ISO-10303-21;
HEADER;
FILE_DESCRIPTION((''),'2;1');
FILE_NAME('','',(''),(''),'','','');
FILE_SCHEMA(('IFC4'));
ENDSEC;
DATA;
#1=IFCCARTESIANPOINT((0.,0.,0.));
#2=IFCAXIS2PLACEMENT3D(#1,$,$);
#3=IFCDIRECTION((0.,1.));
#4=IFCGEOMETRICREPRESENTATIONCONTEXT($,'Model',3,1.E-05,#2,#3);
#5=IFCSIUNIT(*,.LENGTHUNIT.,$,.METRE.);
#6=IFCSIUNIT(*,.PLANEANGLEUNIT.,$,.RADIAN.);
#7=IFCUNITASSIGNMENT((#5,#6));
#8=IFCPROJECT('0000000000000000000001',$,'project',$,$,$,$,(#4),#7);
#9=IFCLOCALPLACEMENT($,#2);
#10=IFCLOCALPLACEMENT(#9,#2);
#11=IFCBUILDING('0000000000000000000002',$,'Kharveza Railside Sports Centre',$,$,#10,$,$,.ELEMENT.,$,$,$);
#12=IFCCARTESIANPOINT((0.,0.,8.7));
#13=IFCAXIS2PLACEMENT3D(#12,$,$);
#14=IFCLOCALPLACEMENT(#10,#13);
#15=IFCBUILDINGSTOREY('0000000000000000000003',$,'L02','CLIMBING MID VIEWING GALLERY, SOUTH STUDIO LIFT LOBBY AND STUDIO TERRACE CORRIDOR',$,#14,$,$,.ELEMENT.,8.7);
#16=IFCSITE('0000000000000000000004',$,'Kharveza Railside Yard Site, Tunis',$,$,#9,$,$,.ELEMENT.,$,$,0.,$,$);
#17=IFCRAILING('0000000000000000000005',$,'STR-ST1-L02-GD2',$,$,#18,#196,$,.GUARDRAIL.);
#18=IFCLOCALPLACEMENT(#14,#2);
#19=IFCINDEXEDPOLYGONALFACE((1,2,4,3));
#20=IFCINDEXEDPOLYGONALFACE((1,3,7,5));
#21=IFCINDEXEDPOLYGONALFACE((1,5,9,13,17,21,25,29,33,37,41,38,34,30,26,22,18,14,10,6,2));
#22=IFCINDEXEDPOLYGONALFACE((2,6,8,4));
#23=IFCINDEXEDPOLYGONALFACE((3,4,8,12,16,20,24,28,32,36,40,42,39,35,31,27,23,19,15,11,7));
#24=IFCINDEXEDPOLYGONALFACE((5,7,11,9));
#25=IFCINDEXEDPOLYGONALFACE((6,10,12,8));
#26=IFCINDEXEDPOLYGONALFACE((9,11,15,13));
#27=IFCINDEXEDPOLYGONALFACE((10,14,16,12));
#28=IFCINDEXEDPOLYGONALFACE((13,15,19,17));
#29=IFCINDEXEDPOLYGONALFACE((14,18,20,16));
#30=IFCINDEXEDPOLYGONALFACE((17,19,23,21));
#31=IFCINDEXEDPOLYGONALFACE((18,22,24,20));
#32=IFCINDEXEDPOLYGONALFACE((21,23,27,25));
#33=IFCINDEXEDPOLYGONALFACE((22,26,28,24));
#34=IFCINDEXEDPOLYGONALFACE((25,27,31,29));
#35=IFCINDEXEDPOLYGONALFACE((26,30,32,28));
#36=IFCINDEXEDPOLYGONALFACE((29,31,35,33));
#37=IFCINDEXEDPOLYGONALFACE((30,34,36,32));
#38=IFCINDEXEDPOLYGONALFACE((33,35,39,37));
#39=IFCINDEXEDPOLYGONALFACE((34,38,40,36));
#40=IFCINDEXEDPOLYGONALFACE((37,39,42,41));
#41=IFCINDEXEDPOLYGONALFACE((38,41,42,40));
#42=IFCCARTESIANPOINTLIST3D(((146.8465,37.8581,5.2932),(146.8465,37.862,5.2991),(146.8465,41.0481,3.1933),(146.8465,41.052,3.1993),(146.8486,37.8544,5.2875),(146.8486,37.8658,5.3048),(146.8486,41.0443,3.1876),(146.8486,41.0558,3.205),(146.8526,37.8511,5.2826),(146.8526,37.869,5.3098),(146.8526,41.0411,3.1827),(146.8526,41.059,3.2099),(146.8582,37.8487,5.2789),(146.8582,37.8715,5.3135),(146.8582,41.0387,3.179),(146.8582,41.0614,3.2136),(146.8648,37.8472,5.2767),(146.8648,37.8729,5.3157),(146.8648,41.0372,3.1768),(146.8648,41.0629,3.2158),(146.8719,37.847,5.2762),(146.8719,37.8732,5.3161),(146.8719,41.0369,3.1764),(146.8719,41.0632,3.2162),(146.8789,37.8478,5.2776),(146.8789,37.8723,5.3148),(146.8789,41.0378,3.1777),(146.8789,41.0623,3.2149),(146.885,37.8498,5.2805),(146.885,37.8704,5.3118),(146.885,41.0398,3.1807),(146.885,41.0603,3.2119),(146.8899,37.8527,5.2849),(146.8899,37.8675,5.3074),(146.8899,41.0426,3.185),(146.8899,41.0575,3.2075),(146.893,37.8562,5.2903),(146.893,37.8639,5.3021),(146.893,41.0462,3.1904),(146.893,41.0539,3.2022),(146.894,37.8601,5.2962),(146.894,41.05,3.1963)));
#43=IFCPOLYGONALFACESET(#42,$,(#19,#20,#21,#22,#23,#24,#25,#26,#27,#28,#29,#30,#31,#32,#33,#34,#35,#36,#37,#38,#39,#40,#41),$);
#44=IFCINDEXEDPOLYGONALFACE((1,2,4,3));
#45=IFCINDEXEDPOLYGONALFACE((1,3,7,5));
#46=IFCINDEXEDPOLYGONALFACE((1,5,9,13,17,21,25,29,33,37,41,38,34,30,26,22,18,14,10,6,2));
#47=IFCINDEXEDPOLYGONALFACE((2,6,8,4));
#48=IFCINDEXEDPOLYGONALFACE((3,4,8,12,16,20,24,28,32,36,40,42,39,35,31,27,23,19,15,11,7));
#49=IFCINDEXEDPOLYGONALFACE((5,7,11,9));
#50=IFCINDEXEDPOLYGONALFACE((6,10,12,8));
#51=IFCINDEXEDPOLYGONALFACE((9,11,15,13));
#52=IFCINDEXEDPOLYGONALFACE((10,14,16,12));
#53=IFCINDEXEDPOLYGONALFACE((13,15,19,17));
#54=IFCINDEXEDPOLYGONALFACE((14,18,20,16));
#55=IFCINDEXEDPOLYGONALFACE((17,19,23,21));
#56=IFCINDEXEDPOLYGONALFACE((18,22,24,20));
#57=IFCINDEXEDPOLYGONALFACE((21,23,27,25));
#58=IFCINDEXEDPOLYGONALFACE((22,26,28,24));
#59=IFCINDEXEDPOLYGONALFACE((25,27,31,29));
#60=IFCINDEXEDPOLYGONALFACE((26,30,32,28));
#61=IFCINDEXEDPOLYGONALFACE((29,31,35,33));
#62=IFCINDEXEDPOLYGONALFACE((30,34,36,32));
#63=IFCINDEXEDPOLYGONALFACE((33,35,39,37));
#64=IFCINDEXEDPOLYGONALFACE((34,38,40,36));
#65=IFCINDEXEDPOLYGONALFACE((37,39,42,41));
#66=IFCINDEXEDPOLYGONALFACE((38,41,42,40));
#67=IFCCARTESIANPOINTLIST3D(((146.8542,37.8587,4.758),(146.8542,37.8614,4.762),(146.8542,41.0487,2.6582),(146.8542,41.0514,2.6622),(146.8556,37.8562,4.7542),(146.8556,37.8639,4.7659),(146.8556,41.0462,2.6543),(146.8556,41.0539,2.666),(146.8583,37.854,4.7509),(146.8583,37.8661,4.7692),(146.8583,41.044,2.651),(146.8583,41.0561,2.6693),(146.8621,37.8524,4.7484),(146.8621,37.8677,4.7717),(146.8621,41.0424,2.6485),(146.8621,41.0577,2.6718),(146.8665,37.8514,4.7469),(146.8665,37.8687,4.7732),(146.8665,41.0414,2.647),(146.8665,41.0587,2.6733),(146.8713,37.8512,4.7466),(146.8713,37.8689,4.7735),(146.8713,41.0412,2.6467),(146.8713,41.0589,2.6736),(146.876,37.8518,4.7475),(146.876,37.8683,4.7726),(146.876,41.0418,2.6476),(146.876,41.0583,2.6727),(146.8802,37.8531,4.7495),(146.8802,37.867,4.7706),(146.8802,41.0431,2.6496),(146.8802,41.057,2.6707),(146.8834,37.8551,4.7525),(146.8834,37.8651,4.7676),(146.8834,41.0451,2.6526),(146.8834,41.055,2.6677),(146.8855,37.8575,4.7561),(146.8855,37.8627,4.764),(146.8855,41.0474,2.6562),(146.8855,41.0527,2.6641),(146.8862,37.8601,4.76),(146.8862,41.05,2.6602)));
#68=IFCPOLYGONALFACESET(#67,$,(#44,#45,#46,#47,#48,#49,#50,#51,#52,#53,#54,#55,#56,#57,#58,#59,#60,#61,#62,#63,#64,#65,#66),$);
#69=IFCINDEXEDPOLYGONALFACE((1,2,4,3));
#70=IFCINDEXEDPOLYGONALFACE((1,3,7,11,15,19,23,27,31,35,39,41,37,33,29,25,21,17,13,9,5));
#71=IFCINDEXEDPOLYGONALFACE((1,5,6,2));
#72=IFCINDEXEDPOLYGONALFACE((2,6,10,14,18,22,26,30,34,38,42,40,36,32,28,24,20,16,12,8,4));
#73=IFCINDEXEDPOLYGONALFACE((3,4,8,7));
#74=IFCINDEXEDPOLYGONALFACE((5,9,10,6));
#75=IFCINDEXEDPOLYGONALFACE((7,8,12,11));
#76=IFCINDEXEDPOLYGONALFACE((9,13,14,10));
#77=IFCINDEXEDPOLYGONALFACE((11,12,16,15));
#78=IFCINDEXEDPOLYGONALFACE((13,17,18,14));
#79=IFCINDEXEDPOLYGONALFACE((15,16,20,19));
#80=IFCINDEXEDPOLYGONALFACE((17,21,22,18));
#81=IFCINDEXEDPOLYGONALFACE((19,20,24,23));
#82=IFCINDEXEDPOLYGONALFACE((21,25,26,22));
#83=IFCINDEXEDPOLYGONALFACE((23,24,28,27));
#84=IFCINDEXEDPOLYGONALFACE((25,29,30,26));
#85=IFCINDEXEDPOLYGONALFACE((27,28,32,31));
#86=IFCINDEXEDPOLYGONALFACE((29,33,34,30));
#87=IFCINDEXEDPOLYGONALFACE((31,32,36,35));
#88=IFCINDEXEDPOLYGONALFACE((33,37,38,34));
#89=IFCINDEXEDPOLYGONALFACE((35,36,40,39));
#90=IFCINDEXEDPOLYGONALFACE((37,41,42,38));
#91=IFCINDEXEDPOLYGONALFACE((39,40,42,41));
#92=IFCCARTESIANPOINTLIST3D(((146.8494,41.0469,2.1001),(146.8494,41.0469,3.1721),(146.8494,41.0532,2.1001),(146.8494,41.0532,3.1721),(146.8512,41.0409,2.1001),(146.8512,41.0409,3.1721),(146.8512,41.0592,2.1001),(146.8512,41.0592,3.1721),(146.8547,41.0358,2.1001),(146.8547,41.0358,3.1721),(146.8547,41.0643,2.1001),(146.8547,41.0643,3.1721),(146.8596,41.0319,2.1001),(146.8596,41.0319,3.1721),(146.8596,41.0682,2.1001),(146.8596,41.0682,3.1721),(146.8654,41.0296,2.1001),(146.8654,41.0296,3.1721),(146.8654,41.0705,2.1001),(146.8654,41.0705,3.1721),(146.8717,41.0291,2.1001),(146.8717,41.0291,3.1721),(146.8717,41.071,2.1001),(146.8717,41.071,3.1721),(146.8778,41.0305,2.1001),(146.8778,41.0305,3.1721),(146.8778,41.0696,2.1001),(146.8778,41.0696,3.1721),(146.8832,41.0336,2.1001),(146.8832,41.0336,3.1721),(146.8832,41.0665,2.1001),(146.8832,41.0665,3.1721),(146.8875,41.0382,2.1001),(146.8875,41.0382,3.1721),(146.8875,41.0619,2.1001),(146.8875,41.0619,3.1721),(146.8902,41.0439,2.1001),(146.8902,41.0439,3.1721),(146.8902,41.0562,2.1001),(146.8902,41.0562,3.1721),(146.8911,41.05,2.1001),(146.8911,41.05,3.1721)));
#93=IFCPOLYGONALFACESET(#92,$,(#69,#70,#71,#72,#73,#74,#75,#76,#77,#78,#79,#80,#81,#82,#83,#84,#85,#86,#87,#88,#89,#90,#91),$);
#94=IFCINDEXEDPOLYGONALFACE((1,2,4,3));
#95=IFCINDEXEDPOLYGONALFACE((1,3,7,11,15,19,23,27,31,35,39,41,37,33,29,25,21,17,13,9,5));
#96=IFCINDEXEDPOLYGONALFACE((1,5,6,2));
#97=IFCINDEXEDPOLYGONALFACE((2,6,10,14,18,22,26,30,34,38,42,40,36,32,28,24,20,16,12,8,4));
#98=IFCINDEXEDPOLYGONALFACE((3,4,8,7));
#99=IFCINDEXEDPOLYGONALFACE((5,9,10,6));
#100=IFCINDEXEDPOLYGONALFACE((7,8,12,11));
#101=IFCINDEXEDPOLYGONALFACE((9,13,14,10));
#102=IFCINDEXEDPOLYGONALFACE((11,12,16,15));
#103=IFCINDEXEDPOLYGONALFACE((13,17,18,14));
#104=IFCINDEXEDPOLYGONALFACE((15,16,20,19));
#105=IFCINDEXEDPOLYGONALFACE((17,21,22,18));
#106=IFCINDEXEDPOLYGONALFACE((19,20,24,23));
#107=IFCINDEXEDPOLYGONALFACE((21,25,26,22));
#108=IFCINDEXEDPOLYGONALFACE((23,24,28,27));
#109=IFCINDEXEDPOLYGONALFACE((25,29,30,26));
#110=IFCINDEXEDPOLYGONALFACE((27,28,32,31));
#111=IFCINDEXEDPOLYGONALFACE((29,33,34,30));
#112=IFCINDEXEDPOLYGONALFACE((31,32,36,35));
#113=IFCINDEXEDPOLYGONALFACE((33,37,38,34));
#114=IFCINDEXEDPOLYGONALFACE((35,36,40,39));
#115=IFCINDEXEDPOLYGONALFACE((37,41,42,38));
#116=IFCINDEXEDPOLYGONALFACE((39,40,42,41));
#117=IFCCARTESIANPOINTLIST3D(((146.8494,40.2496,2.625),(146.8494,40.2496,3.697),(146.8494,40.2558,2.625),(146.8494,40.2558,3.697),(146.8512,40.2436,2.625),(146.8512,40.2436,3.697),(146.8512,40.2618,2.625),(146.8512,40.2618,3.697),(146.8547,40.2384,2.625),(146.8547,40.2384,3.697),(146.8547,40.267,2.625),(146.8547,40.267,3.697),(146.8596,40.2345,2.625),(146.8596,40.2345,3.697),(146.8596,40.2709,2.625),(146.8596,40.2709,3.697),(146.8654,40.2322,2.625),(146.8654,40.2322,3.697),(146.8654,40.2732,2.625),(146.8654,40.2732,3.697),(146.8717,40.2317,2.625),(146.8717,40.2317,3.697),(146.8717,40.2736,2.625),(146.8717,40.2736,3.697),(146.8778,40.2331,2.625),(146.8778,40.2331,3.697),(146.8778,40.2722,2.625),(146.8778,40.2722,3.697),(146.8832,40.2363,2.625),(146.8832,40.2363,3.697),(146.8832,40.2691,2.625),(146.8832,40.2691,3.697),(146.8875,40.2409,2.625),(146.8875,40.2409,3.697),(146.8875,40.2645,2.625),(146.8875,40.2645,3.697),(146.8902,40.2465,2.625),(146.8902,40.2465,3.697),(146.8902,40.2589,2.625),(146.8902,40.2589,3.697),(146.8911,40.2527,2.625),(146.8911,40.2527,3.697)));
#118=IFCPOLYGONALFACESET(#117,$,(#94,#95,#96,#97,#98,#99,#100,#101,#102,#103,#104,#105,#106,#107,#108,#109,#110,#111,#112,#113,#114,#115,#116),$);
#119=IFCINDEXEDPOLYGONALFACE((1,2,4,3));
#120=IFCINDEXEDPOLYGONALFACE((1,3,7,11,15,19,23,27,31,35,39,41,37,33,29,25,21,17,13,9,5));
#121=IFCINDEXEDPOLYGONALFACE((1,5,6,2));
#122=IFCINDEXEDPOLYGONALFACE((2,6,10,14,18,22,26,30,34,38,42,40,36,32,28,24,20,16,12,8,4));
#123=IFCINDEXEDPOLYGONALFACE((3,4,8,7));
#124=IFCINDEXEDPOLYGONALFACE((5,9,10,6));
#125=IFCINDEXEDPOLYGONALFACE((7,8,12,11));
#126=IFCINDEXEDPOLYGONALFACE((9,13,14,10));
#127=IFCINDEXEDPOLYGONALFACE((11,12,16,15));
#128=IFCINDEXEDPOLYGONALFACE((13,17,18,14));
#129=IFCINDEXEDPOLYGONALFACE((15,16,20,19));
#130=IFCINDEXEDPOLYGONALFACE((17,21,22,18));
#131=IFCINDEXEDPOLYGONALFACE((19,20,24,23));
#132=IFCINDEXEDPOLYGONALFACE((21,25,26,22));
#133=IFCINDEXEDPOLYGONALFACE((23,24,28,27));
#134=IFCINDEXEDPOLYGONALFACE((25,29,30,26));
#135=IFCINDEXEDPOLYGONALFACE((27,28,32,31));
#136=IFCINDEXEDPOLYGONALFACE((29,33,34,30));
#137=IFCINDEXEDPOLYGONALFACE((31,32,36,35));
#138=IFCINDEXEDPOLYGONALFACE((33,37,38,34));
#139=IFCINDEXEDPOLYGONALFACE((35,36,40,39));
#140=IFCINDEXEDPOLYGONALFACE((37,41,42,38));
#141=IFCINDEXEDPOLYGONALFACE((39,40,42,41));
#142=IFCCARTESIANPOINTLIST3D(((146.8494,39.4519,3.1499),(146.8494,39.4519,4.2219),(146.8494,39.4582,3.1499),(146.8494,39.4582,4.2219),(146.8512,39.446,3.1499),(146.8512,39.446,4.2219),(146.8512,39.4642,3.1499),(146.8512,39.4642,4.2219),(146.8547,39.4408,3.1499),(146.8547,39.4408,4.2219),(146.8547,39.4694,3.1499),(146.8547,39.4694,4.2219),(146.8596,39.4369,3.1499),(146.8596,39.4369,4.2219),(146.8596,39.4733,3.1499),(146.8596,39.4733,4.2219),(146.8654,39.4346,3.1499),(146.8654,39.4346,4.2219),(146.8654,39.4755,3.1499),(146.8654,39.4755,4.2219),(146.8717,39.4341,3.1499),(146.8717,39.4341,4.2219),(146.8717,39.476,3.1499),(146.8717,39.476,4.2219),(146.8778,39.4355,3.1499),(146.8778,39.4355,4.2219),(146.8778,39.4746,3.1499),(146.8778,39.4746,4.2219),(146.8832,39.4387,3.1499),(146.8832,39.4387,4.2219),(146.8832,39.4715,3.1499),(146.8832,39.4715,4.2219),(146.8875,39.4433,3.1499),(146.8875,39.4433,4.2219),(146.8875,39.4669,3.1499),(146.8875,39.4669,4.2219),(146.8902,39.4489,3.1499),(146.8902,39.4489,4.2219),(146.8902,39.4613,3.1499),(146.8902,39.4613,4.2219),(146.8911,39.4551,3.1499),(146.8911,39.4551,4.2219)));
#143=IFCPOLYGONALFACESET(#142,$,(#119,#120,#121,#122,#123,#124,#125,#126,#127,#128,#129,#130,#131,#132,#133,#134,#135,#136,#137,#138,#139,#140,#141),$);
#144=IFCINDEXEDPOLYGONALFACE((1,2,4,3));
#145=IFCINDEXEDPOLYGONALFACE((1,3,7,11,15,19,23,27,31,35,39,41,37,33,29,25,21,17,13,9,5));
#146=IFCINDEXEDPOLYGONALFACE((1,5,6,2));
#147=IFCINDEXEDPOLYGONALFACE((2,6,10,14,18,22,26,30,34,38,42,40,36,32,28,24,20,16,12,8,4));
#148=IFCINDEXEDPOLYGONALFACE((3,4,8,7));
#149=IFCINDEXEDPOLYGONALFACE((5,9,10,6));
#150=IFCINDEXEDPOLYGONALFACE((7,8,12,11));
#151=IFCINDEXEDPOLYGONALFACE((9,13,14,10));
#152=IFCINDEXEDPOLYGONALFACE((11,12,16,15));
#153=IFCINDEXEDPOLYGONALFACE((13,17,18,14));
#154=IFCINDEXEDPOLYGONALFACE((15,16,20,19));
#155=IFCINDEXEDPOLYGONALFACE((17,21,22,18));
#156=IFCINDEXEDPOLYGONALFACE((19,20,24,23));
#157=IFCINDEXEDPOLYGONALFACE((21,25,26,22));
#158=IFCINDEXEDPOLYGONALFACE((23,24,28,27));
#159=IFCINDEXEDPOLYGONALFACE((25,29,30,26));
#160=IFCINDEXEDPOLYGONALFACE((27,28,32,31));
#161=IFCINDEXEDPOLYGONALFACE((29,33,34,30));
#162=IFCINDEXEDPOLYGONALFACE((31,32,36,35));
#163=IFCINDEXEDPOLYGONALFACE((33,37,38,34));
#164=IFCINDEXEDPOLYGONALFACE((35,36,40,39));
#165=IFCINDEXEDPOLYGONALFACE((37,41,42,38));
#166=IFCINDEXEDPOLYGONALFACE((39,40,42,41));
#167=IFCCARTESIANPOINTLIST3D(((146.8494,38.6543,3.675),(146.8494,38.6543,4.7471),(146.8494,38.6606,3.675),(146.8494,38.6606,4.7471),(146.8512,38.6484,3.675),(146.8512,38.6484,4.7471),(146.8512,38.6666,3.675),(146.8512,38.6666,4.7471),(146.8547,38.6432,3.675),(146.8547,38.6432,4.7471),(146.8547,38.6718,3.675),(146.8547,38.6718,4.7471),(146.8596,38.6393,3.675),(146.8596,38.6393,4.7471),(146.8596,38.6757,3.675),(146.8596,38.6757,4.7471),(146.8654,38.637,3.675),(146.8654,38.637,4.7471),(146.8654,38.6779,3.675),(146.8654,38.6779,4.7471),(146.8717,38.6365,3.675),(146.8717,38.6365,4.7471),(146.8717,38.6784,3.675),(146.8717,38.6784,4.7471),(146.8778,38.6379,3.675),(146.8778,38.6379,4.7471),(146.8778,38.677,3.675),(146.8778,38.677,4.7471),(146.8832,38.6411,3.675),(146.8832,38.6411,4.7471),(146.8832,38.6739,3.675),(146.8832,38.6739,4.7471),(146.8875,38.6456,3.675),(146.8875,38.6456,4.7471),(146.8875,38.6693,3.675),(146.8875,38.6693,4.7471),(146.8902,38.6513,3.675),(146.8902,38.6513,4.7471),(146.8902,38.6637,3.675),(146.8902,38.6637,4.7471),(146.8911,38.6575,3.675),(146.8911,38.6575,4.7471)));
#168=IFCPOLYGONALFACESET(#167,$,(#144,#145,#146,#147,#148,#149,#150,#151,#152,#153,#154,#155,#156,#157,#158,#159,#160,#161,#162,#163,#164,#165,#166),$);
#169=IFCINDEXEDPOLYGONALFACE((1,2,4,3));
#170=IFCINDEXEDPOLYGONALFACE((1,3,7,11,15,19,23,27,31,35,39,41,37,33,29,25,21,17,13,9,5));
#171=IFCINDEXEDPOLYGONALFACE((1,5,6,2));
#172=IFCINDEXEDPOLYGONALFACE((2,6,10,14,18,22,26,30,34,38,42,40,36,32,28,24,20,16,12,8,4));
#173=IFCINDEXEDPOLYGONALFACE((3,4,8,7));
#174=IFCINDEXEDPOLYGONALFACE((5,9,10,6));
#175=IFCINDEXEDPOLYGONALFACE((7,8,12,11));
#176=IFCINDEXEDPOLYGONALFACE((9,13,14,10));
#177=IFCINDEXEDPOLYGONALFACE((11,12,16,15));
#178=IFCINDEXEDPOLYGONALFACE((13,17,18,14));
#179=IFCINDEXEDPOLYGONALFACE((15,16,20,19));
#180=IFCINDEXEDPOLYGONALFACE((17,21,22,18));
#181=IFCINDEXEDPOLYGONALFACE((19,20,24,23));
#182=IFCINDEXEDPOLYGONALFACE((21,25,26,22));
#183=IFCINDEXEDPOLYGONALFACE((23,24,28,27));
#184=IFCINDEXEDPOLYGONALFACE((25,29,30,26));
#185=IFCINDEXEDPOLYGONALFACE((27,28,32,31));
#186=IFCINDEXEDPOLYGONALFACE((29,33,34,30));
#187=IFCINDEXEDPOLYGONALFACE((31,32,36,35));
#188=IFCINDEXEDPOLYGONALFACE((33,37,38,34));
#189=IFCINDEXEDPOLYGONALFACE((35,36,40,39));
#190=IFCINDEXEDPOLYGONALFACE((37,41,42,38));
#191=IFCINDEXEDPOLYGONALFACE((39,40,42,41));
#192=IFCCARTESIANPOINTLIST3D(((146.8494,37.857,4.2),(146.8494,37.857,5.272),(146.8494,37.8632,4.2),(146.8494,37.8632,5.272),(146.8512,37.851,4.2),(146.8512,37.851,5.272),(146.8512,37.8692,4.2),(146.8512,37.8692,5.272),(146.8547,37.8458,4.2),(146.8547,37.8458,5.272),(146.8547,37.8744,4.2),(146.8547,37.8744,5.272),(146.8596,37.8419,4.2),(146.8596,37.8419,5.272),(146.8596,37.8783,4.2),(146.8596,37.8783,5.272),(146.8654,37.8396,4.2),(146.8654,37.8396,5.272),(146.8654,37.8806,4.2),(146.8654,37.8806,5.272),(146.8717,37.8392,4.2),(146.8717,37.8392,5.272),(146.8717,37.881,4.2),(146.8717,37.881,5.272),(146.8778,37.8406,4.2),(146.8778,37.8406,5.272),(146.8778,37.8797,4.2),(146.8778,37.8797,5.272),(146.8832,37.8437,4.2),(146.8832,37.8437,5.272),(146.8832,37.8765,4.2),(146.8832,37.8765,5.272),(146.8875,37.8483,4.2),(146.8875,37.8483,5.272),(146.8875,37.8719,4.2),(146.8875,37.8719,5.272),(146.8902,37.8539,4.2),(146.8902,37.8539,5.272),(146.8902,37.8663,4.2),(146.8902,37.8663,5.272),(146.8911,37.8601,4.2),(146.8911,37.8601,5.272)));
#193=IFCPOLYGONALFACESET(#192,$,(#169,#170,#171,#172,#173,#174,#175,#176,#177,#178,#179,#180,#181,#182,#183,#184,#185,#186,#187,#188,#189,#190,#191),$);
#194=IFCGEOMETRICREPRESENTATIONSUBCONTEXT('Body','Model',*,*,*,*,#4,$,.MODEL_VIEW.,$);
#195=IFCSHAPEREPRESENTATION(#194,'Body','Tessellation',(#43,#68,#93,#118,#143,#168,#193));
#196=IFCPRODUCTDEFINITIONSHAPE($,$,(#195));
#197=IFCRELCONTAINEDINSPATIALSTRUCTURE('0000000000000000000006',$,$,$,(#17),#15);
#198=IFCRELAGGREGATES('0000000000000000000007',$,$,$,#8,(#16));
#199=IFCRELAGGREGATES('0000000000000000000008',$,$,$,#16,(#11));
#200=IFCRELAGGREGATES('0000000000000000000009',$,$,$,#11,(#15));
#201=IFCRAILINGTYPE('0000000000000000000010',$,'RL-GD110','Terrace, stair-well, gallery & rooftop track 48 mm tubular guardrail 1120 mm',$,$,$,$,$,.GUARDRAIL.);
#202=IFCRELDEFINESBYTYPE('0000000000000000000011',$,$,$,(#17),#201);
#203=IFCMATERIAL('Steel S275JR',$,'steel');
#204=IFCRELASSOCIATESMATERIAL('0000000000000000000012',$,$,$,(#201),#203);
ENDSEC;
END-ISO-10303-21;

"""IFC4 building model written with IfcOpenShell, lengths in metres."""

from ifc_helpers import new_model, si_unit, direction, frame, origin, origin_2d, place, context, subcontext, project, spatial, circle, extrude, material, type_object, element, save


model = new_model("IFC4")

# Units and contexts
model_context = context("Model", 3, precision=1e-05, world=origin(), true_north=direction((0.0, 1.0)))
body_context = subcontext(model_context, "Body", "Model", "MODEL_VIEW")
ifc_project = project(units=[si_unit("LENGTHUNIT", "METRE"), si_unit("PLANEANGLEUNIT", "RADIAN")], contexts=[model_context])

# Site, building, storey
site_placement = place(None, origin())
site = spatial("IfcSite", under=ifc_project, at=site_placement, Name="Kharveza Railside Yard Site, Tunis", CompositionType="ELEMENT", RefElevation=0.0)
building_placement = place(site_placement, origin())
building = spatial("IfcBuilding", under=site, at=building_placement, Name="Kharveza Railside Sports Centre", CompositionType="ELEMENT")
storey_placement = place(building_placement, frame((0.0, 0.0, 8.7)))
storey = spatial("IfcBuildingStorey", under=building, at=storey_placement, Name="L02", Description="CLIMBING MID VIEWING GALLERY, SOUTH STUDIO LIFT LOBBY AND STUDIO TERRACE CORRIDOR", CompositionType="ELEMENT", Elevation=8.7)

# Railing
ifc_material_1 = material(Name="Steel S275JR", Category="steel")
railing_type_1 = type_object("IfcRailingType", Name="RL-GD110", Description="Terrace, stair-well, gallery & rooftop track 48 mm tubular guardrail 1120 mm", PredefinedType="GUARDRAIL", material=ifc_material_1)
railing_1_placement = place(storey_placement, frame((146.8701, 41.05, 2.1001)))
element("IfcRailing", 1, at=railing_1_placement, inside=storey, type_object=railing_type_1, Name="STR-ST1-L02-GD2", PredefinedType="GUARDRAIL", context=body_context, shape_type="SweptSolid", body=[
    extrude(circle(Radius=0.0239, at=origin_2d()), frame((0.0, 0.0, 1.0962), z_axis=(0.0, -0.835272, 0.549837), x_axis=(1.0, 0.0, 0.0)), (0.0, 0.0, 1.0), 3.8191),
    extrude(circle(Radius=0.0161, at=origin_2d()), frame((0.0, 0.0, 0.5601), z_axis=(0.0, -0.835272, 0.549837), x_axis=(1.0, 0.0, 0.0)), (0.0, 0.0, 1.0), 3.8191),
    extrude(circle(Radius=0.021, at=origin_2d()), origin(), (0.0, 0.0, 1.0), 1.072),
    extrude(circle(Radius=0.021, at=origin_2d()), frame((0.0, -0.7974, 0.5249)), (0.0, 0.0, 1.0), 1.072),
    extrude(circle(Radius=0.021, at=origin_2d()), frame((0.0, -1.595, 1.0498)), (0.0, 0.0, 1.0), 1.072),
    extrude(circle(Radius=0.021, at=origin_2d()), frame((0.0, -2.3926, 1.575)), (0.0, 0.0, 1.0), 1.072),
    extrude(circle(Radius=0.021, at=origin_2d()), frame((0.0, -3.1899, 2.0999)), (0.0, 0.0, 1.0), 1.072),
])

save(model, "model.ifc")
